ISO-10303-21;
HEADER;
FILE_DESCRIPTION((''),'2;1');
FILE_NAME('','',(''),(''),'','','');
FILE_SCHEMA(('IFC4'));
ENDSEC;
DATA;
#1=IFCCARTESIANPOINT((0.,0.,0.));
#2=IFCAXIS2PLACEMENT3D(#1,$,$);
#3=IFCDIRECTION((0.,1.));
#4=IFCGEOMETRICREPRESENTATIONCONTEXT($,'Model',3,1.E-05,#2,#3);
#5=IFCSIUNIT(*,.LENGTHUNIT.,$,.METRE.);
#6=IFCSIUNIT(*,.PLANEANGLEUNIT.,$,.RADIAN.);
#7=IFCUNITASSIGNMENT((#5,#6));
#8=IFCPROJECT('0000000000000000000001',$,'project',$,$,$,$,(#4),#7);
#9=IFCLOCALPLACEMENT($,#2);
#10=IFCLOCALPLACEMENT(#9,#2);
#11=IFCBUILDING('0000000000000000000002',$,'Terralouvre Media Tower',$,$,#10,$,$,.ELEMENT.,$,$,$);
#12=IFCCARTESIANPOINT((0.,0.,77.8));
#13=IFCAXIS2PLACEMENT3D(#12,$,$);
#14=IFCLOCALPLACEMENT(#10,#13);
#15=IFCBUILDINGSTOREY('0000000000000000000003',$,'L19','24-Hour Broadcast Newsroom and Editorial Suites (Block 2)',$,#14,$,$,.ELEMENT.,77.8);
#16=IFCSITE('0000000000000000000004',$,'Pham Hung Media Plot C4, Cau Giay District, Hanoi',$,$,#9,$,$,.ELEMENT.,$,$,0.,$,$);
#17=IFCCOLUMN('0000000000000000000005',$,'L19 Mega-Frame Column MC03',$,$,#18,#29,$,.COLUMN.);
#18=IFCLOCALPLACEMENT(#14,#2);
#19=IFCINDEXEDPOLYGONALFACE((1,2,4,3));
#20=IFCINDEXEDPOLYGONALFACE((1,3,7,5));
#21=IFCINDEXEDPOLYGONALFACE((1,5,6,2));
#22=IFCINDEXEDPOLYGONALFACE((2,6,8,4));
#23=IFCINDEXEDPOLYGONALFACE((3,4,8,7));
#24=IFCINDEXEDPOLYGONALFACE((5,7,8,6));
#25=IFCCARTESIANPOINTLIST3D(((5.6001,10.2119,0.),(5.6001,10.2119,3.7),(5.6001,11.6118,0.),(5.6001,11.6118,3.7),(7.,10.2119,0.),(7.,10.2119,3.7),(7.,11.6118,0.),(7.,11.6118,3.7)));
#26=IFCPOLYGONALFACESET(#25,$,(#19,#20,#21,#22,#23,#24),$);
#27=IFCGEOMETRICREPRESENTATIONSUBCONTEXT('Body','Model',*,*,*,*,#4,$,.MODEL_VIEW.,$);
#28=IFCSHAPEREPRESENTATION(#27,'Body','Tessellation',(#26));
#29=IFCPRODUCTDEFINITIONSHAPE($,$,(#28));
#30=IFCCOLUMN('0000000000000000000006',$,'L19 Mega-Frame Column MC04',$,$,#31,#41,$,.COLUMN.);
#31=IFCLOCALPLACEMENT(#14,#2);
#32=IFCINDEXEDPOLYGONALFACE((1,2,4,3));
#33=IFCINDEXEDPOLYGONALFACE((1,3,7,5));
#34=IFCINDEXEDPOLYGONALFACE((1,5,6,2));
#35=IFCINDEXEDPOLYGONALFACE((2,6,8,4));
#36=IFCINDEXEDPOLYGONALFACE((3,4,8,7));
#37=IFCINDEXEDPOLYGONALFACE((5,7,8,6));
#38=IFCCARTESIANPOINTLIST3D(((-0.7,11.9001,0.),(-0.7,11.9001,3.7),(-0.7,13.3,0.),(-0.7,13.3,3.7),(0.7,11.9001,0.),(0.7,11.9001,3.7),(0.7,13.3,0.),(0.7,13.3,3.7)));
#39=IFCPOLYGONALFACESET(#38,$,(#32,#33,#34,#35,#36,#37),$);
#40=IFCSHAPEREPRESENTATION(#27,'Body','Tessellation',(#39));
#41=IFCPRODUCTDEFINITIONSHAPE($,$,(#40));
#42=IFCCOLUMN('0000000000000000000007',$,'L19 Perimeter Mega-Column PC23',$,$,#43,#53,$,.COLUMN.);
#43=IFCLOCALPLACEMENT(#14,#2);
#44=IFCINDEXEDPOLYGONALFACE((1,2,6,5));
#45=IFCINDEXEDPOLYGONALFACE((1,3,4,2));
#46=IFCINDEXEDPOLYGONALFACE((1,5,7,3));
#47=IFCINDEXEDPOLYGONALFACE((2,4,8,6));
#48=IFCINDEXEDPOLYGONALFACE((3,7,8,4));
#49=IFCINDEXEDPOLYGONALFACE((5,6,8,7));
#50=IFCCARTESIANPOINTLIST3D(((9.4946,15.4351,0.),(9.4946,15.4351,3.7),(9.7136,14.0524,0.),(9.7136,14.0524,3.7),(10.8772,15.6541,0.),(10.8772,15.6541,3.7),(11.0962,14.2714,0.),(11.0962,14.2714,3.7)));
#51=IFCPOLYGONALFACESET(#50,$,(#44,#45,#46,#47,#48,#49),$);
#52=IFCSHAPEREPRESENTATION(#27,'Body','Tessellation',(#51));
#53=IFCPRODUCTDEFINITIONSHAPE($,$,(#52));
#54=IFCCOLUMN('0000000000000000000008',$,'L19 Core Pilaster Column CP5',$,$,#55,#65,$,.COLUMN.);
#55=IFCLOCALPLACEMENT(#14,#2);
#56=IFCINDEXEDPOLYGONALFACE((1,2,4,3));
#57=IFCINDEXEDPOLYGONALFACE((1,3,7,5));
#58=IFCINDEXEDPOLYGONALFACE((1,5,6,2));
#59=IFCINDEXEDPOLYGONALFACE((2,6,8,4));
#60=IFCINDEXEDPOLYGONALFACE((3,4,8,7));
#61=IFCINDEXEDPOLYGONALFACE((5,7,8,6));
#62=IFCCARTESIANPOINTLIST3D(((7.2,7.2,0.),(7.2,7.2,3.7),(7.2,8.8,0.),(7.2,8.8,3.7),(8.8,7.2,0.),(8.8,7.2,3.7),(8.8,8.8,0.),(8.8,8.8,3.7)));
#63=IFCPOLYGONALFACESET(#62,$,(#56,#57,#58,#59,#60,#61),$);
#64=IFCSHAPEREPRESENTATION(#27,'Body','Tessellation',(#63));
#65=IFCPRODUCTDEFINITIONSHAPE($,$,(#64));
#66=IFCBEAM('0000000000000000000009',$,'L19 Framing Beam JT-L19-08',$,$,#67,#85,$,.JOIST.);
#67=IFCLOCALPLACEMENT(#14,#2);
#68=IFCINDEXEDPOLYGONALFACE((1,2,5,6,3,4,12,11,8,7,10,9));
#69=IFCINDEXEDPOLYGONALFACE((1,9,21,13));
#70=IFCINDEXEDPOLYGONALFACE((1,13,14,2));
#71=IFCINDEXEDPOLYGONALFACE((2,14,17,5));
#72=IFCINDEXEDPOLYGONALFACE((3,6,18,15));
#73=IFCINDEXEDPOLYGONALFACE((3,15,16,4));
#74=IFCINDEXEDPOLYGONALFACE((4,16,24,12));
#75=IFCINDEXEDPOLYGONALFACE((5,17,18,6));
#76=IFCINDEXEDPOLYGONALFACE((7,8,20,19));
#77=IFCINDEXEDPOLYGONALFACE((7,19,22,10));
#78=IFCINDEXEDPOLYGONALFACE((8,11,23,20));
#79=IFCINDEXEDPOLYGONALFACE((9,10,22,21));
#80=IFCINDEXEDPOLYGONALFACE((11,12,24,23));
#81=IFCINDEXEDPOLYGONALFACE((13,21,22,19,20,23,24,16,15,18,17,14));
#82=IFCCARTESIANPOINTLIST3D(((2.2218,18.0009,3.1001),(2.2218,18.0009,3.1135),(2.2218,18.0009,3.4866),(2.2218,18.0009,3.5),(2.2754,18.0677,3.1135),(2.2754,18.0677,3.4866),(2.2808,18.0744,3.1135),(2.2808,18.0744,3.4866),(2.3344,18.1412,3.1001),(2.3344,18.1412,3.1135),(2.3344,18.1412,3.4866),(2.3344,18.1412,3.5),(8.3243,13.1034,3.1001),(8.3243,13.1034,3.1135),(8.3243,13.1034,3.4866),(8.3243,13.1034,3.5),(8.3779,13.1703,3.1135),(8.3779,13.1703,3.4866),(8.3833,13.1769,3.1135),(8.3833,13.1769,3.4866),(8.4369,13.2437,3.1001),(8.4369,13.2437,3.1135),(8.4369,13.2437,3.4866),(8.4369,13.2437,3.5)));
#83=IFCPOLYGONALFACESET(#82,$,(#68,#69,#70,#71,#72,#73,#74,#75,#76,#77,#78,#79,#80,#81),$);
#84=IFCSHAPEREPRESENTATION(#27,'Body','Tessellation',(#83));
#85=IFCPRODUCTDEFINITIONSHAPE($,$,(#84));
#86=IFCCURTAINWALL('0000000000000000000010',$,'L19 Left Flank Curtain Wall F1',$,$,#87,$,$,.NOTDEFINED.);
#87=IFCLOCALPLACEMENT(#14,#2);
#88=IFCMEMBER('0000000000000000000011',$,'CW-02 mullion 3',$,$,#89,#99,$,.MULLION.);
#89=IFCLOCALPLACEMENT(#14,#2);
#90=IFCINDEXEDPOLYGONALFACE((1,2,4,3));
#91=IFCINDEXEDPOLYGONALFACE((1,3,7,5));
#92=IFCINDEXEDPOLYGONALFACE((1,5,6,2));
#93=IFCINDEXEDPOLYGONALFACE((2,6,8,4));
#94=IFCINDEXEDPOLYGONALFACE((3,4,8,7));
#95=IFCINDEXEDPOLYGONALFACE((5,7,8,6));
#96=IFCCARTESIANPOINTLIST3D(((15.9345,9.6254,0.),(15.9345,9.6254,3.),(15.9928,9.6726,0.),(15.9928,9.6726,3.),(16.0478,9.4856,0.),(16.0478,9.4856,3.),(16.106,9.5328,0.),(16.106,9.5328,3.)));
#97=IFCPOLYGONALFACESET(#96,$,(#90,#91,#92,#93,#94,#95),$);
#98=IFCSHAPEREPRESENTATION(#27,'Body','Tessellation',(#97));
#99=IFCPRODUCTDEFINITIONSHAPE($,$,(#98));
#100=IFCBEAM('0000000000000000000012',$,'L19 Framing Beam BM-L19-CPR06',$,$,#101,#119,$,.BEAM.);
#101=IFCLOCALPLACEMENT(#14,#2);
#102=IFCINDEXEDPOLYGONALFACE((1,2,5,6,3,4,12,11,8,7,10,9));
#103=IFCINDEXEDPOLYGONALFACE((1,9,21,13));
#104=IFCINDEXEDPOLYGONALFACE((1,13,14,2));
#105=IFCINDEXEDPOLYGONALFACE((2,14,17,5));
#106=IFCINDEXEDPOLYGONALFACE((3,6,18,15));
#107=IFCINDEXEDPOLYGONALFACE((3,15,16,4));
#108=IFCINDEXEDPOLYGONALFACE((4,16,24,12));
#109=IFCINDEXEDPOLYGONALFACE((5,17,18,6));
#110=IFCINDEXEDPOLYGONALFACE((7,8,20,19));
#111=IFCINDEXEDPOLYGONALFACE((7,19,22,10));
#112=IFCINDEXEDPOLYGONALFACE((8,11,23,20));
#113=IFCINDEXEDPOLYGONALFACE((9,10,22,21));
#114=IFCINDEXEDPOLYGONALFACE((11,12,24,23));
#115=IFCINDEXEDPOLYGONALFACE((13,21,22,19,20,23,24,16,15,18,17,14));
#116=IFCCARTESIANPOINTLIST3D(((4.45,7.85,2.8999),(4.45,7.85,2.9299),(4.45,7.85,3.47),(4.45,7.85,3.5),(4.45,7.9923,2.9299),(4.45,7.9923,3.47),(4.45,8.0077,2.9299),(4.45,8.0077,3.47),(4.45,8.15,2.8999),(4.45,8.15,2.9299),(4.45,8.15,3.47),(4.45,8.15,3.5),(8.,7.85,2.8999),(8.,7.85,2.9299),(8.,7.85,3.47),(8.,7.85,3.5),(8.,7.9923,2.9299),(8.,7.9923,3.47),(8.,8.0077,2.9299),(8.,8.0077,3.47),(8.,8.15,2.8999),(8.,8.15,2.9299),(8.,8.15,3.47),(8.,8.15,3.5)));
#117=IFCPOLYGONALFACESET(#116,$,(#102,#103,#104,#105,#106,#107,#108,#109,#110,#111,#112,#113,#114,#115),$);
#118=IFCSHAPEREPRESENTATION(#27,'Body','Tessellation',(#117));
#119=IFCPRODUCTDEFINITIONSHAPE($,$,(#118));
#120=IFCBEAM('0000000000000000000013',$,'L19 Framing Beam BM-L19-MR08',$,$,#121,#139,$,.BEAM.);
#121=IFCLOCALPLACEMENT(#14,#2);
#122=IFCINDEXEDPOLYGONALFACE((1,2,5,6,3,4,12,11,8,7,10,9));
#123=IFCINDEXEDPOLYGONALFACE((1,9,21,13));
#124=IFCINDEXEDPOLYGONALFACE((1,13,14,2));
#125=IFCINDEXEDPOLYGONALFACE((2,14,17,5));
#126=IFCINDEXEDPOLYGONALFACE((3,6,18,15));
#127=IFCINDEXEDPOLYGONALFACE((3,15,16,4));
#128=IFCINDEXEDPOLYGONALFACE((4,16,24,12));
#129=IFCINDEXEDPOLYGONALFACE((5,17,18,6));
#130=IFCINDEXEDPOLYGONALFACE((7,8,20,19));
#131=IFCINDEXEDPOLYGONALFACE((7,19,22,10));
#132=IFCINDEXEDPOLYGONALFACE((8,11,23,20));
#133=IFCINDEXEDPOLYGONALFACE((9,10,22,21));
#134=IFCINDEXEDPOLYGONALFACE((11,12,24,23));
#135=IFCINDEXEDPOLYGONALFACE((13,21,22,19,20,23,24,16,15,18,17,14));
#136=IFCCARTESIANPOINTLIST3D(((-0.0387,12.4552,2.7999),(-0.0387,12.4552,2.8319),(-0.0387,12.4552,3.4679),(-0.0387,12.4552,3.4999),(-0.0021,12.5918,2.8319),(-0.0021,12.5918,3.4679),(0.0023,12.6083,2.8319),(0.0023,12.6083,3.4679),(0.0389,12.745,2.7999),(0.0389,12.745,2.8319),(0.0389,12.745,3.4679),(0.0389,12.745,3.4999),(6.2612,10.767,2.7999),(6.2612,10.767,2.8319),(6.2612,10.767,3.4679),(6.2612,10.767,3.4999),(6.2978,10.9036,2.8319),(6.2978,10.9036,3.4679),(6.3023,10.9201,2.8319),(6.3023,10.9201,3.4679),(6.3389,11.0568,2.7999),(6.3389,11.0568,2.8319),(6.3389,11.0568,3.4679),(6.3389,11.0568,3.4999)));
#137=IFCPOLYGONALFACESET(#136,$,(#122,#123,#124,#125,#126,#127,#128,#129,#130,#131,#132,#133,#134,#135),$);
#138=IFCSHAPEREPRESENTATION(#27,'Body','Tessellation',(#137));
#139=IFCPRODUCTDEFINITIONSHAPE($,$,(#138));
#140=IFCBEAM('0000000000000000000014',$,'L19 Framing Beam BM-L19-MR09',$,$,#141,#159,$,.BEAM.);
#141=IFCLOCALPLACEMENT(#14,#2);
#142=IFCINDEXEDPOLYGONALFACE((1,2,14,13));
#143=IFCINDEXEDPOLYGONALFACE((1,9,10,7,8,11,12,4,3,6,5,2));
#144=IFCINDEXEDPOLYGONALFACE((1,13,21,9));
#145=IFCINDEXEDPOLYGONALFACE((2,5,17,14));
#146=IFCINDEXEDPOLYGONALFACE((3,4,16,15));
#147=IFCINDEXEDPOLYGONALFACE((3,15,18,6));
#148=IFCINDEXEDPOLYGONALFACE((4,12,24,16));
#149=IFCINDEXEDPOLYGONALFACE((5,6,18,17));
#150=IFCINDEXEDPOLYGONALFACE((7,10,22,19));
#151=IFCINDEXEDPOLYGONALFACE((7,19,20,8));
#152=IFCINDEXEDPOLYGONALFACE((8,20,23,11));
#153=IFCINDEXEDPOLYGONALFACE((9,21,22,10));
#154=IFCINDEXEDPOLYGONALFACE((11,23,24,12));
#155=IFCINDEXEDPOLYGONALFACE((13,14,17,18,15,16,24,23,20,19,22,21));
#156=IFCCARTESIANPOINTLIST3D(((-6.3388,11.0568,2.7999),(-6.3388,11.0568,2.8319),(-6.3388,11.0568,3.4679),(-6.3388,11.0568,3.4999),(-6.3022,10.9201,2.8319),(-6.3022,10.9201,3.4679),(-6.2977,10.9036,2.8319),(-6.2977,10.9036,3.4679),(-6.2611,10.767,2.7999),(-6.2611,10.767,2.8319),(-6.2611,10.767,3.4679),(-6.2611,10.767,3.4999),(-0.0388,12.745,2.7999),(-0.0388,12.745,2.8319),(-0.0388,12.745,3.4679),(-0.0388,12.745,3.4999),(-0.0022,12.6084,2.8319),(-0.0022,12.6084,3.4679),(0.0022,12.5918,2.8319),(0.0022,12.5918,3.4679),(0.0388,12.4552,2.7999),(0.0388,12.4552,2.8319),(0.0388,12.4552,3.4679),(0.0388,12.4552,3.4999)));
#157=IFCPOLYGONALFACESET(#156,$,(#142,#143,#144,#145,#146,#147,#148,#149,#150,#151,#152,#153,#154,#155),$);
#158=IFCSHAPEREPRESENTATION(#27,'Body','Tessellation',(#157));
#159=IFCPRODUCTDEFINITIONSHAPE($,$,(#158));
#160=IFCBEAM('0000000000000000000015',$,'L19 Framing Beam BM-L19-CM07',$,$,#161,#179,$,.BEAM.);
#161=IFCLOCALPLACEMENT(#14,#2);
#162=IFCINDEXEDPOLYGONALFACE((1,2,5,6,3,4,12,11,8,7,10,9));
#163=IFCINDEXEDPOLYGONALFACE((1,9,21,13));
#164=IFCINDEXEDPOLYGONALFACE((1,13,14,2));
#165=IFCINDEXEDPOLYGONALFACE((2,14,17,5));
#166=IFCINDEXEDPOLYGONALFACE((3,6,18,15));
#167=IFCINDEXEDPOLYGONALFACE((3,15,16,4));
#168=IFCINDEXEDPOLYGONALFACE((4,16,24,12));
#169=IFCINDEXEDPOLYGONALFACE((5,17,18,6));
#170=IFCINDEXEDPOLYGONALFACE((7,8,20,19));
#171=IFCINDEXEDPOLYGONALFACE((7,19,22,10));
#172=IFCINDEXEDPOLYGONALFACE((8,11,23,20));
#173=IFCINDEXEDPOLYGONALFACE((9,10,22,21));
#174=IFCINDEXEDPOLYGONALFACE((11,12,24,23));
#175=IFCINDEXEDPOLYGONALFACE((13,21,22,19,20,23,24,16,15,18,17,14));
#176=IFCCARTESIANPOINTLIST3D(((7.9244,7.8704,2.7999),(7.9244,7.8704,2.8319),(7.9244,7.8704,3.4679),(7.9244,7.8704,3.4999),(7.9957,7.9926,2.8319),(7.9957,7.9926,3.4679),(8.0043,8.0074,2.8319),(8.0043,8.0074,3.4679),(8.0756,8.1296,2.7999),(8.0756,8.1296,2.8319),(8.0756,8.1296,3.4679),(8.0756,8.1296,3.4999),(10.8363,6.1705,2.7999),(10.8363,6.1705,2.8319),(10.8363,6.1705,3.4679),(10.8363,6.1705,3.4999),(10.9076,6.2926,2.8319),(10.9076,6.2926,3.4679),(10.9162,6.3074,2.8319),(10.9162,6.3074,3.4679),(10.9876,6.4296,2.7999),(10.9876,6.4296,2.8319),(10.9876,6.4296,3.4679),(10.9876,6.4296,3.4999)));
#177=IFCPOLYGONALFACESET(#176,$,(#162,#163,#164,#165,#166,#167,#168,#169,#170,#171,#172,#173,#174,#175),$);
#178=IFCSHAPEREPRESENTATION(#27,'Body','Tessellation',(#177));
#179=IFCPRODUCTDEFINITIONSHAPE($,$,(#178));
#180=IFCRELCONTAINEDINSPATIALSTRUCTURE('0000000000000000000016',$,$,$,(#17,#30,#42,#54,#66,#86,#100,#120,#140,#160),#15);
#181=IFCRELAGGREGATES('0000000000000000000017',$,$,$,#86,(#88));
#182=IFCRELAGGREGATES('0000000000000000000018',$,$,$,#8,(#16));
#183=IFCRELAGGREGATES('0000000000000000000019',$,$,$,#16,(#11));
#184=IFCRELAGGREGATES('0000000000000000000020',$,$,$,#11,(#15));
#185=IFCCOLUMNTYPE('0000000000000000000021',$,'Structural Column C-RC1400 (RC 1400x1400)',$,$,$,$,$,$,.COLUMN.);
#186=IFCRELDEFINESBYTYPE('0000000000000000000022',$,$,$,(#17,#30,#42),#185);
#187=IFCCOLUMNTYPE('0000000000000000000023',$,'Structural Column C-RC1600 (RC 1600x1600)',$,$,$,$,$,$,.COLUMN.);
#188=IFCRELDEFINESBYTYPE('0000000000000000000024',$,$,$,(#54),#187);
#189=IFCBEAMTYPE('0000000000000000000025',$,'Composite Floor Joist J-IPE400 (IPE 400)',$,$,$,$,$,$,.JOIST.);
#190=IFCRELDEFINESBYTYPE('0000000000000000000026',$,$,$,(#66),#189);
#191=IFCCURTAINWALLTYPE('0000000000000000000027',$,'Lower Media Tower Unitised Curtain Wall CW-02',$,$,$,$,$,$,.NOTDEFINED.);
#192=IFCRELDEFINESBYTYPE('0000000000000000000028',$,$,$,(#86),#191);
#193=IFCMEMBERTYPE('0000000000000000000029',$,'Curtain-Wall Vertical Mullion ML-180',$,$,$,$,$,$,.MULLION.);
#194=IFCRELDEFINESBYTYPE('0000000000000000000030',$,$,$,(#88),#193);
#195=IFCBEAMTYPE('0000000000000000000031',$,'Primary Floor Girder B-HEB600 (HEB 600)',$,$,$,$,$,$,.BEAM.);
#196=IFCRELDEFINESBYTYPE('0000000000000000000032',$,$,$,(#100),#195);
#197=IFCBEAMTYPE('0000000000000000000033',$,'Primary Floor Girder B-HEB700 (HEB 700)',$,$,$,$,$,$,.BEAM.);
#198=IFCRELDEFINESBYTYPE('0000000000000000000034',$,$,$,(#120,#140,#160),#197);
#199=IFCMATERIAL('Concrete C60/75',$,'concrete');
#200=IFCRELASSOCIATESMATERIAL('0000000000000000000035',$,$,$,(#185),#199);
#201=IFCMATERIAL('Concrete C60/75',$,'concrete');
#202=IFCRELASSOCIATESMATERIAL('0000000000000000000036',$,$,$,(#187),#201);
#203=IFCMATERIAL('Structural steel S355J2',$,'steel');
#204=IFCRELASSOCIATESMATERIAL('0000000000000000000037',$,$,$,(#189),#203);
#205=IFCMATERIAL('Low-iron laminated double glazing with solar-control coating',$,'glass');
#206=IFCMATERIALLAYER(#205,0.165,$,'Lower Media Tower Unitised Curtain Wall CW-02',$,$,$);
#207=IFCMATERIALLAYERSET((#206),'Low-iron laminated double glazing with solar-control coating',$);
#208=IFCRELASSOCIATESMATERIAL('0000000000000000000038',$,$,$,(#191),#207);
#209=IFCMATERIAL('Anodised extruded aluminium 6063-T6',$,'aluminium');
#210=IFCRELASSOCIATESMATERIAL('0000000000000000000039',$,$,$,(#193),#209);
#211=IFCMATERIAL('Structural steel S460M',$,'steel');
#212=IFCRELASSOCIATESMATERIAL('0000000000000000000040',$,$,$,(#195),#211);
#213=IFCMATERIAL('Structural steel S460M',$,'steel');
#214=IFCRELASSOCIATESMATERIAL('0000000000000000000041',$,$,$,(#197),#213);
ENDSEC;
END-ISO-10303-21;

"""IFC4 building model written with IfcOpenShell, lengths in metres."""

from ifc_helpers import new_model, si_unit, direction, frame, origin, origin_2d, place, context, subcontext, project, spatial, rectangle, i_section, extrude, material, layer, layer_set, material_profile, profile_set, type_object, element, aggregate, save


model = new_model("IFC4")

# Units and contexts
model_context = context("Model", 3, precision=1e-05, world=origin(), true_north=direction((0.0, 1.0)))
body_context = subcontext(model_context, "Body", "Model", "MODEL_VIEW")
ifc_project = project(units=[si_unit("LENGTHUNIT", "METRE"), si_unit("PLANEANGLEUNIT", "RADIAN")], contexts=[model_context])

# Site, building, storey
site_placement = place(None, origin())
site = spatial("IfcSite", under=ifc_project, at=site_placement, Name="Pham Hung Media Plot C4, Cau Giay District, Hanoi", CompositionType="ELEMENT", RefElevation=0.0)
building_placement = place(site_placement, origin())
building = spatial("IfcBuilding", under=site, at=building_placement, Name="Terralouvre Media Tower", CompositionType="ELEMENT")
storey_placement = place(building_placement, frame((0.0, 0.0, 77.8)))
storey = spatial("IfcBuildingStorey", under=building, at=storey_placement, Name="L19", Description="24-Hour Broadcast Newsroom and Editorial Suites (Block 2)", CompositionType="ELEMENT", Elevation=77.8)

# Columns
ifc_material_1 = material(Name="Concrete C60/75", Category="concrete")
ifc_material_profile_1 = material_profile(ifc_material_1, rectangle(XDim=1.3999, YDim=1.3999, at=origin_2d()), Name="RC 1400x1400")
ifc_profile_set_1 = profile_set([ifc_material_profile_1], Name="Concrete C60/75")
column_type_1 = type_object("IfcColumnType", Name="Structural Column C-RC1400 (RC 1400x1400)", PredefinedType="COLUMN", material=ifc_profile_set_1)
for number, where, z_axis, x_axis, name in (
    (1, (6.3, 10.9119, 0.0), (0.0, 0.0, 1.0), (1.0, 0.0, 0.0), "L19 Mega-Frame Column MC03"),
    (2, (0.0, 12.6001, 0.0), (0.0, 0.0, 1.0), (1.0, 0.0, 0.0), "L19 Mega-Frame Column MC04"),
    (3, (10.2954, 14.8533, 0.0), (0.0, 0.0, 1.0), (0.987688, 0.156434, 0.0), "L19 Perimeter Mega-Column PC23"),
):
    element("IfcColumn", number, at=place(storey_placement, frame(where, z_axis=z_axis, x_axis=x_axis)), inside=storey, type_object=column_type_1, Name=name, PredefinedType="COLUMN", context=body_context, shape_type="SweptSolid", body=[
        extrude(rectangle(XDim=1.3999, YDim=1.3999, at=origin_2d()), origin(), (0.0, 0.0, 1.0), 3.7),
    ])
ifc_material_2 = material(Name="Concrete C60/75", Category="concrete")
ifc_material_profile_2 = material_profile(ifc_material_2, rectangle(XDim=1.6001, YDim=1.6001, at=origin_2d()), Name="RC 1600x1600")
ifc_profile_set_2 = profile_set([ifc_material_profile_2], Name="Concrete C60/75")
column_type_2 = type_object("IfcColumnType", Name="Structural Column C-RC1600 (RC 1600x1600)", PredefinedType="COLUMN", material=ifc_profile_set_2)
column_placement = place(storey_placement, frame((8.0, 8.0, 0.0), z_axis=(0.0, 0.0, 1.0), x_axis=(1.0, 0.0, 0.0)))
element("IfcColumn", 4, at=column_placement, inside=storey, type_object=column_type_2, Name="L19 Core Pilaster Column CP5", PredefinedType="COLUMN", context=body_context, shape_type="SweptSolid", body=[
    extrude(rectangle(XDim=1.6001, YDim=1.6001, at=origin_2d()), origin(), (0.0, 0.0, 1.0), 3.7),
])

# Beam
ifc_material_3 = material(Name="Structural steel S355J2", Category="steel")
ifc_material_profile_3 = material_profile(ifc_material_3, i_section(OverallWidth=0.1799, OverallDepth=0.3999, WebThickness=0.0085, FlangeThickness=0.0134, at=origin_2d()), Name="IPE 400")
ifc_profile_set_3 = profile_set([ifc_material_profile_3], Name="Structural steel S355J2")
beam_type_1 = type_object("IfcBeamType", Name="Composite Floor Joist J-IPE400 (IPE 400)", PredefinedType="JOIST", material=ifc_profile_set_3)
beam_1_placement = place(storey_placement, frame((8.3806, 13.1736, 3.3), z_axis=(-0.779906, 0.625897, 0.0), x_axis=(-0.625897, -0.779906, 0.0)))
element("IfcBeam", 5, at=beam_1_placement, inside=storey, type_object=beam_type_1, Name="L19 Framing Beam JT-L19-08", PredefinedType="JOIST", context=body_context, shape_type="SweptSolid", body=[
    extrude(i_section(OverallWidth=0.1799, OverallDepth=0.3999, WebThickness=0.0085, FlangeThickness=0.0134, at=origin_2d()), origin(), (0.0, 0.0, 1.0), 7.8247),
])

# Curtain wall, member
ifc_material_4 = material(Name="Low-iron laminated double glazing with solar-control coating", Category="glass")
ifc_layer_1 = layer(ifc_material_4, 0.165, Name="Lower Media Tower Unitised Curtain Wall CW-02")
ifc_layer_set_1 = layer_set([ifc_layer_1], Name="Low-iron laminated double glazing with solar-control coating")
curtain_wall_type = type_object("IfcCurtainWallType", Name="Lower Media Tower Unitised Curtain Wall CW-02", PredefinedType="NOTDEFINED", material=ifc_layer_set_1)
curtain_wall_placement = place(storey_placement, origin())
curtain_wall = element("IfcCurtainWall", 6, at=curtain_wall_placement, inside=storey, type_object=curtain_wall_type, Name="L19 Left Flank Curtain Wall F1", PredefinedType="NOTDEFINED")
ifc_material_5 = material(Name="Anodised extruded aluminium 6063-T6", Category="aluminium")
ifc_material_profile_4 = material_profile(ifc_material_5, rectangle(XDim=0.075, YDim=0.1799, at=origin_2d()), Name="ALU 75x180")
ifc_profile_set_4 = profile_set([ifc_material_profile_4], Name="Anodised extruded aluminium 6063-T6")
member_type = type_object("IfcMemberType", Name="Curtain-Wall Vertical Mullion ML-180", PredefinedType="MULLION", material=ifc_profile_set_4)
member_placement = place(storey_placement, frame((16.0203, 9.5791, 0.0), z_axis=(0.0, 0.0, 1.0), x_axis=(-0.777146, -0.62932, 0.0)))
member = element("IfcMember", 7, at=member_placement, type_object=member_type, Name="CW-02 mullion 3", PredefinedType="MULLION", context=body_context, shape_type="SweptSolid", body=[
    extrude(rectangle(XDim=0.075, YDim=0.1799, at=origin_2d()), origin(), (0.0, 0.0, 1.0), 3.0),
])
aggregate(curtain_wall, [member])

# Beams
ifc_material_6 = material(Name="Structural steel S460M", Category="steel")
ifc_material_profile_5 = material_profile(ifc_material_6, i_section(OverallWidth=0.3, OverallDepth=0.6001, WebThickness=0.0154, FlangeThickness=0.03, at=origin_2d()), Name="HEB 600")
ifc_profile_set_5 = profile_set([ifc_material_profile_5], Name="Structural steel S460M")
beam_type_2 = type_object("IfcBeamType", Name="Primary Floor Girder B-HEB600 (HEB 600)", PredefinedType="BEAM", material=ifc_profile_set_5)
beam_2_placement = place(storey_placement, frame((8.0, 8.0, 3.2), z_axis=(-1.0, 0.0, 0.0), x_axis=(0.0, -1.0, 0.0)))
element("IfcBeam", 8, at=beam_2_placement, inside=storey, type_object=beam_type_2, Name="L19 Framing Beam BM-L19-CPR06", PredefinedType="BEAM", context=body_context, shape_type="SweptSolid", body=[
    extrude(i_section(OverallWidth=0.3, OverallDepth=0.6001, WebThickness=0.0154, FlangeThickness=0.03, at=origin_2d()), origin(), (0.0, 0.0, 1.0), 3.55),
])
ifc_material_7 = material(Name="Structural steel S460M", Category="steel")
ifc_material_profile_6 = material_profile(ifc_material_7, i_section(OverallWidth=0.3, OverallDepth=0.7, WebThickness=0.0171, FlangeThickness=0.032, at=origin_2d()), Name="HEB 700")
ifc_profile_set_6 = profile_set([ifc_material_profile_6], Name="Structural steel S460M")
beam_type_3 = type_object("IfcBeamType", Name="Primary Floor Girder B-HEB700 (HEB 700)", PredefinedType="BEAM", material=ifc_profile_set_6)
for number, where, z_axis, x_axis, name in (
    (9, (6.3, 10.9119, 3.1499), (-0.96592, 0.258839, 0.0), (-0.258839, -0.96592, 0.0), "L19 Framing Beam BM-L19-MR08"),
    (10, (0.0, 12.6001, 3.1499), (-0.96592, -0.258839, 0.0), (0.258839, -0.96592, 0.0), "L19 Framing Beam BM-L19-MR09"),
):
    element("IfcBeam", number, at=place(storey_placement, frame(where, z_axis=z_axis, x_axis=x_axis)), inside=storey, type_object=beam_type_3, Name=name, PredefinedType="BEAM", context=body_context, shape_type="SweptSolid", body=[
        extrude(i_section(OverallWidth=0.3, OverallDepth=0.7, WebThickness=0.0171, FlangeThickness=0.032, at=origin_2d()), origin(), (0.0, 0.0, 1.0), 6.5222),
    ])
for number, where, z_axis, x_axis, name in (
    (11, (8.0, 8.0, 3.1499), (0.863603, -0.504173, 0.0), (0.504173, 0.863603, 0.0), "L19 Framing Beam BM-L19-CM07"),
):
    element("IfcBeam", number, at=place(storey_placement, frame(where, z_axis=z_axis, x_axis=x_axis)), inside=storey, type_object=beam_type_3, Name=name, PredefinedType="BEAM", context=body_context, shape_type="SweptSolid", body=[
        extrude(i_section(OverallWidth=0.3, OverallDepth=0.7, WebThickness=0.0171, FlangeThickness=0.032, at=origin_2d()), origin(), (0.0, 0.0, 1.0), 3.3718),
    ])

save(model, "model.ifc")
